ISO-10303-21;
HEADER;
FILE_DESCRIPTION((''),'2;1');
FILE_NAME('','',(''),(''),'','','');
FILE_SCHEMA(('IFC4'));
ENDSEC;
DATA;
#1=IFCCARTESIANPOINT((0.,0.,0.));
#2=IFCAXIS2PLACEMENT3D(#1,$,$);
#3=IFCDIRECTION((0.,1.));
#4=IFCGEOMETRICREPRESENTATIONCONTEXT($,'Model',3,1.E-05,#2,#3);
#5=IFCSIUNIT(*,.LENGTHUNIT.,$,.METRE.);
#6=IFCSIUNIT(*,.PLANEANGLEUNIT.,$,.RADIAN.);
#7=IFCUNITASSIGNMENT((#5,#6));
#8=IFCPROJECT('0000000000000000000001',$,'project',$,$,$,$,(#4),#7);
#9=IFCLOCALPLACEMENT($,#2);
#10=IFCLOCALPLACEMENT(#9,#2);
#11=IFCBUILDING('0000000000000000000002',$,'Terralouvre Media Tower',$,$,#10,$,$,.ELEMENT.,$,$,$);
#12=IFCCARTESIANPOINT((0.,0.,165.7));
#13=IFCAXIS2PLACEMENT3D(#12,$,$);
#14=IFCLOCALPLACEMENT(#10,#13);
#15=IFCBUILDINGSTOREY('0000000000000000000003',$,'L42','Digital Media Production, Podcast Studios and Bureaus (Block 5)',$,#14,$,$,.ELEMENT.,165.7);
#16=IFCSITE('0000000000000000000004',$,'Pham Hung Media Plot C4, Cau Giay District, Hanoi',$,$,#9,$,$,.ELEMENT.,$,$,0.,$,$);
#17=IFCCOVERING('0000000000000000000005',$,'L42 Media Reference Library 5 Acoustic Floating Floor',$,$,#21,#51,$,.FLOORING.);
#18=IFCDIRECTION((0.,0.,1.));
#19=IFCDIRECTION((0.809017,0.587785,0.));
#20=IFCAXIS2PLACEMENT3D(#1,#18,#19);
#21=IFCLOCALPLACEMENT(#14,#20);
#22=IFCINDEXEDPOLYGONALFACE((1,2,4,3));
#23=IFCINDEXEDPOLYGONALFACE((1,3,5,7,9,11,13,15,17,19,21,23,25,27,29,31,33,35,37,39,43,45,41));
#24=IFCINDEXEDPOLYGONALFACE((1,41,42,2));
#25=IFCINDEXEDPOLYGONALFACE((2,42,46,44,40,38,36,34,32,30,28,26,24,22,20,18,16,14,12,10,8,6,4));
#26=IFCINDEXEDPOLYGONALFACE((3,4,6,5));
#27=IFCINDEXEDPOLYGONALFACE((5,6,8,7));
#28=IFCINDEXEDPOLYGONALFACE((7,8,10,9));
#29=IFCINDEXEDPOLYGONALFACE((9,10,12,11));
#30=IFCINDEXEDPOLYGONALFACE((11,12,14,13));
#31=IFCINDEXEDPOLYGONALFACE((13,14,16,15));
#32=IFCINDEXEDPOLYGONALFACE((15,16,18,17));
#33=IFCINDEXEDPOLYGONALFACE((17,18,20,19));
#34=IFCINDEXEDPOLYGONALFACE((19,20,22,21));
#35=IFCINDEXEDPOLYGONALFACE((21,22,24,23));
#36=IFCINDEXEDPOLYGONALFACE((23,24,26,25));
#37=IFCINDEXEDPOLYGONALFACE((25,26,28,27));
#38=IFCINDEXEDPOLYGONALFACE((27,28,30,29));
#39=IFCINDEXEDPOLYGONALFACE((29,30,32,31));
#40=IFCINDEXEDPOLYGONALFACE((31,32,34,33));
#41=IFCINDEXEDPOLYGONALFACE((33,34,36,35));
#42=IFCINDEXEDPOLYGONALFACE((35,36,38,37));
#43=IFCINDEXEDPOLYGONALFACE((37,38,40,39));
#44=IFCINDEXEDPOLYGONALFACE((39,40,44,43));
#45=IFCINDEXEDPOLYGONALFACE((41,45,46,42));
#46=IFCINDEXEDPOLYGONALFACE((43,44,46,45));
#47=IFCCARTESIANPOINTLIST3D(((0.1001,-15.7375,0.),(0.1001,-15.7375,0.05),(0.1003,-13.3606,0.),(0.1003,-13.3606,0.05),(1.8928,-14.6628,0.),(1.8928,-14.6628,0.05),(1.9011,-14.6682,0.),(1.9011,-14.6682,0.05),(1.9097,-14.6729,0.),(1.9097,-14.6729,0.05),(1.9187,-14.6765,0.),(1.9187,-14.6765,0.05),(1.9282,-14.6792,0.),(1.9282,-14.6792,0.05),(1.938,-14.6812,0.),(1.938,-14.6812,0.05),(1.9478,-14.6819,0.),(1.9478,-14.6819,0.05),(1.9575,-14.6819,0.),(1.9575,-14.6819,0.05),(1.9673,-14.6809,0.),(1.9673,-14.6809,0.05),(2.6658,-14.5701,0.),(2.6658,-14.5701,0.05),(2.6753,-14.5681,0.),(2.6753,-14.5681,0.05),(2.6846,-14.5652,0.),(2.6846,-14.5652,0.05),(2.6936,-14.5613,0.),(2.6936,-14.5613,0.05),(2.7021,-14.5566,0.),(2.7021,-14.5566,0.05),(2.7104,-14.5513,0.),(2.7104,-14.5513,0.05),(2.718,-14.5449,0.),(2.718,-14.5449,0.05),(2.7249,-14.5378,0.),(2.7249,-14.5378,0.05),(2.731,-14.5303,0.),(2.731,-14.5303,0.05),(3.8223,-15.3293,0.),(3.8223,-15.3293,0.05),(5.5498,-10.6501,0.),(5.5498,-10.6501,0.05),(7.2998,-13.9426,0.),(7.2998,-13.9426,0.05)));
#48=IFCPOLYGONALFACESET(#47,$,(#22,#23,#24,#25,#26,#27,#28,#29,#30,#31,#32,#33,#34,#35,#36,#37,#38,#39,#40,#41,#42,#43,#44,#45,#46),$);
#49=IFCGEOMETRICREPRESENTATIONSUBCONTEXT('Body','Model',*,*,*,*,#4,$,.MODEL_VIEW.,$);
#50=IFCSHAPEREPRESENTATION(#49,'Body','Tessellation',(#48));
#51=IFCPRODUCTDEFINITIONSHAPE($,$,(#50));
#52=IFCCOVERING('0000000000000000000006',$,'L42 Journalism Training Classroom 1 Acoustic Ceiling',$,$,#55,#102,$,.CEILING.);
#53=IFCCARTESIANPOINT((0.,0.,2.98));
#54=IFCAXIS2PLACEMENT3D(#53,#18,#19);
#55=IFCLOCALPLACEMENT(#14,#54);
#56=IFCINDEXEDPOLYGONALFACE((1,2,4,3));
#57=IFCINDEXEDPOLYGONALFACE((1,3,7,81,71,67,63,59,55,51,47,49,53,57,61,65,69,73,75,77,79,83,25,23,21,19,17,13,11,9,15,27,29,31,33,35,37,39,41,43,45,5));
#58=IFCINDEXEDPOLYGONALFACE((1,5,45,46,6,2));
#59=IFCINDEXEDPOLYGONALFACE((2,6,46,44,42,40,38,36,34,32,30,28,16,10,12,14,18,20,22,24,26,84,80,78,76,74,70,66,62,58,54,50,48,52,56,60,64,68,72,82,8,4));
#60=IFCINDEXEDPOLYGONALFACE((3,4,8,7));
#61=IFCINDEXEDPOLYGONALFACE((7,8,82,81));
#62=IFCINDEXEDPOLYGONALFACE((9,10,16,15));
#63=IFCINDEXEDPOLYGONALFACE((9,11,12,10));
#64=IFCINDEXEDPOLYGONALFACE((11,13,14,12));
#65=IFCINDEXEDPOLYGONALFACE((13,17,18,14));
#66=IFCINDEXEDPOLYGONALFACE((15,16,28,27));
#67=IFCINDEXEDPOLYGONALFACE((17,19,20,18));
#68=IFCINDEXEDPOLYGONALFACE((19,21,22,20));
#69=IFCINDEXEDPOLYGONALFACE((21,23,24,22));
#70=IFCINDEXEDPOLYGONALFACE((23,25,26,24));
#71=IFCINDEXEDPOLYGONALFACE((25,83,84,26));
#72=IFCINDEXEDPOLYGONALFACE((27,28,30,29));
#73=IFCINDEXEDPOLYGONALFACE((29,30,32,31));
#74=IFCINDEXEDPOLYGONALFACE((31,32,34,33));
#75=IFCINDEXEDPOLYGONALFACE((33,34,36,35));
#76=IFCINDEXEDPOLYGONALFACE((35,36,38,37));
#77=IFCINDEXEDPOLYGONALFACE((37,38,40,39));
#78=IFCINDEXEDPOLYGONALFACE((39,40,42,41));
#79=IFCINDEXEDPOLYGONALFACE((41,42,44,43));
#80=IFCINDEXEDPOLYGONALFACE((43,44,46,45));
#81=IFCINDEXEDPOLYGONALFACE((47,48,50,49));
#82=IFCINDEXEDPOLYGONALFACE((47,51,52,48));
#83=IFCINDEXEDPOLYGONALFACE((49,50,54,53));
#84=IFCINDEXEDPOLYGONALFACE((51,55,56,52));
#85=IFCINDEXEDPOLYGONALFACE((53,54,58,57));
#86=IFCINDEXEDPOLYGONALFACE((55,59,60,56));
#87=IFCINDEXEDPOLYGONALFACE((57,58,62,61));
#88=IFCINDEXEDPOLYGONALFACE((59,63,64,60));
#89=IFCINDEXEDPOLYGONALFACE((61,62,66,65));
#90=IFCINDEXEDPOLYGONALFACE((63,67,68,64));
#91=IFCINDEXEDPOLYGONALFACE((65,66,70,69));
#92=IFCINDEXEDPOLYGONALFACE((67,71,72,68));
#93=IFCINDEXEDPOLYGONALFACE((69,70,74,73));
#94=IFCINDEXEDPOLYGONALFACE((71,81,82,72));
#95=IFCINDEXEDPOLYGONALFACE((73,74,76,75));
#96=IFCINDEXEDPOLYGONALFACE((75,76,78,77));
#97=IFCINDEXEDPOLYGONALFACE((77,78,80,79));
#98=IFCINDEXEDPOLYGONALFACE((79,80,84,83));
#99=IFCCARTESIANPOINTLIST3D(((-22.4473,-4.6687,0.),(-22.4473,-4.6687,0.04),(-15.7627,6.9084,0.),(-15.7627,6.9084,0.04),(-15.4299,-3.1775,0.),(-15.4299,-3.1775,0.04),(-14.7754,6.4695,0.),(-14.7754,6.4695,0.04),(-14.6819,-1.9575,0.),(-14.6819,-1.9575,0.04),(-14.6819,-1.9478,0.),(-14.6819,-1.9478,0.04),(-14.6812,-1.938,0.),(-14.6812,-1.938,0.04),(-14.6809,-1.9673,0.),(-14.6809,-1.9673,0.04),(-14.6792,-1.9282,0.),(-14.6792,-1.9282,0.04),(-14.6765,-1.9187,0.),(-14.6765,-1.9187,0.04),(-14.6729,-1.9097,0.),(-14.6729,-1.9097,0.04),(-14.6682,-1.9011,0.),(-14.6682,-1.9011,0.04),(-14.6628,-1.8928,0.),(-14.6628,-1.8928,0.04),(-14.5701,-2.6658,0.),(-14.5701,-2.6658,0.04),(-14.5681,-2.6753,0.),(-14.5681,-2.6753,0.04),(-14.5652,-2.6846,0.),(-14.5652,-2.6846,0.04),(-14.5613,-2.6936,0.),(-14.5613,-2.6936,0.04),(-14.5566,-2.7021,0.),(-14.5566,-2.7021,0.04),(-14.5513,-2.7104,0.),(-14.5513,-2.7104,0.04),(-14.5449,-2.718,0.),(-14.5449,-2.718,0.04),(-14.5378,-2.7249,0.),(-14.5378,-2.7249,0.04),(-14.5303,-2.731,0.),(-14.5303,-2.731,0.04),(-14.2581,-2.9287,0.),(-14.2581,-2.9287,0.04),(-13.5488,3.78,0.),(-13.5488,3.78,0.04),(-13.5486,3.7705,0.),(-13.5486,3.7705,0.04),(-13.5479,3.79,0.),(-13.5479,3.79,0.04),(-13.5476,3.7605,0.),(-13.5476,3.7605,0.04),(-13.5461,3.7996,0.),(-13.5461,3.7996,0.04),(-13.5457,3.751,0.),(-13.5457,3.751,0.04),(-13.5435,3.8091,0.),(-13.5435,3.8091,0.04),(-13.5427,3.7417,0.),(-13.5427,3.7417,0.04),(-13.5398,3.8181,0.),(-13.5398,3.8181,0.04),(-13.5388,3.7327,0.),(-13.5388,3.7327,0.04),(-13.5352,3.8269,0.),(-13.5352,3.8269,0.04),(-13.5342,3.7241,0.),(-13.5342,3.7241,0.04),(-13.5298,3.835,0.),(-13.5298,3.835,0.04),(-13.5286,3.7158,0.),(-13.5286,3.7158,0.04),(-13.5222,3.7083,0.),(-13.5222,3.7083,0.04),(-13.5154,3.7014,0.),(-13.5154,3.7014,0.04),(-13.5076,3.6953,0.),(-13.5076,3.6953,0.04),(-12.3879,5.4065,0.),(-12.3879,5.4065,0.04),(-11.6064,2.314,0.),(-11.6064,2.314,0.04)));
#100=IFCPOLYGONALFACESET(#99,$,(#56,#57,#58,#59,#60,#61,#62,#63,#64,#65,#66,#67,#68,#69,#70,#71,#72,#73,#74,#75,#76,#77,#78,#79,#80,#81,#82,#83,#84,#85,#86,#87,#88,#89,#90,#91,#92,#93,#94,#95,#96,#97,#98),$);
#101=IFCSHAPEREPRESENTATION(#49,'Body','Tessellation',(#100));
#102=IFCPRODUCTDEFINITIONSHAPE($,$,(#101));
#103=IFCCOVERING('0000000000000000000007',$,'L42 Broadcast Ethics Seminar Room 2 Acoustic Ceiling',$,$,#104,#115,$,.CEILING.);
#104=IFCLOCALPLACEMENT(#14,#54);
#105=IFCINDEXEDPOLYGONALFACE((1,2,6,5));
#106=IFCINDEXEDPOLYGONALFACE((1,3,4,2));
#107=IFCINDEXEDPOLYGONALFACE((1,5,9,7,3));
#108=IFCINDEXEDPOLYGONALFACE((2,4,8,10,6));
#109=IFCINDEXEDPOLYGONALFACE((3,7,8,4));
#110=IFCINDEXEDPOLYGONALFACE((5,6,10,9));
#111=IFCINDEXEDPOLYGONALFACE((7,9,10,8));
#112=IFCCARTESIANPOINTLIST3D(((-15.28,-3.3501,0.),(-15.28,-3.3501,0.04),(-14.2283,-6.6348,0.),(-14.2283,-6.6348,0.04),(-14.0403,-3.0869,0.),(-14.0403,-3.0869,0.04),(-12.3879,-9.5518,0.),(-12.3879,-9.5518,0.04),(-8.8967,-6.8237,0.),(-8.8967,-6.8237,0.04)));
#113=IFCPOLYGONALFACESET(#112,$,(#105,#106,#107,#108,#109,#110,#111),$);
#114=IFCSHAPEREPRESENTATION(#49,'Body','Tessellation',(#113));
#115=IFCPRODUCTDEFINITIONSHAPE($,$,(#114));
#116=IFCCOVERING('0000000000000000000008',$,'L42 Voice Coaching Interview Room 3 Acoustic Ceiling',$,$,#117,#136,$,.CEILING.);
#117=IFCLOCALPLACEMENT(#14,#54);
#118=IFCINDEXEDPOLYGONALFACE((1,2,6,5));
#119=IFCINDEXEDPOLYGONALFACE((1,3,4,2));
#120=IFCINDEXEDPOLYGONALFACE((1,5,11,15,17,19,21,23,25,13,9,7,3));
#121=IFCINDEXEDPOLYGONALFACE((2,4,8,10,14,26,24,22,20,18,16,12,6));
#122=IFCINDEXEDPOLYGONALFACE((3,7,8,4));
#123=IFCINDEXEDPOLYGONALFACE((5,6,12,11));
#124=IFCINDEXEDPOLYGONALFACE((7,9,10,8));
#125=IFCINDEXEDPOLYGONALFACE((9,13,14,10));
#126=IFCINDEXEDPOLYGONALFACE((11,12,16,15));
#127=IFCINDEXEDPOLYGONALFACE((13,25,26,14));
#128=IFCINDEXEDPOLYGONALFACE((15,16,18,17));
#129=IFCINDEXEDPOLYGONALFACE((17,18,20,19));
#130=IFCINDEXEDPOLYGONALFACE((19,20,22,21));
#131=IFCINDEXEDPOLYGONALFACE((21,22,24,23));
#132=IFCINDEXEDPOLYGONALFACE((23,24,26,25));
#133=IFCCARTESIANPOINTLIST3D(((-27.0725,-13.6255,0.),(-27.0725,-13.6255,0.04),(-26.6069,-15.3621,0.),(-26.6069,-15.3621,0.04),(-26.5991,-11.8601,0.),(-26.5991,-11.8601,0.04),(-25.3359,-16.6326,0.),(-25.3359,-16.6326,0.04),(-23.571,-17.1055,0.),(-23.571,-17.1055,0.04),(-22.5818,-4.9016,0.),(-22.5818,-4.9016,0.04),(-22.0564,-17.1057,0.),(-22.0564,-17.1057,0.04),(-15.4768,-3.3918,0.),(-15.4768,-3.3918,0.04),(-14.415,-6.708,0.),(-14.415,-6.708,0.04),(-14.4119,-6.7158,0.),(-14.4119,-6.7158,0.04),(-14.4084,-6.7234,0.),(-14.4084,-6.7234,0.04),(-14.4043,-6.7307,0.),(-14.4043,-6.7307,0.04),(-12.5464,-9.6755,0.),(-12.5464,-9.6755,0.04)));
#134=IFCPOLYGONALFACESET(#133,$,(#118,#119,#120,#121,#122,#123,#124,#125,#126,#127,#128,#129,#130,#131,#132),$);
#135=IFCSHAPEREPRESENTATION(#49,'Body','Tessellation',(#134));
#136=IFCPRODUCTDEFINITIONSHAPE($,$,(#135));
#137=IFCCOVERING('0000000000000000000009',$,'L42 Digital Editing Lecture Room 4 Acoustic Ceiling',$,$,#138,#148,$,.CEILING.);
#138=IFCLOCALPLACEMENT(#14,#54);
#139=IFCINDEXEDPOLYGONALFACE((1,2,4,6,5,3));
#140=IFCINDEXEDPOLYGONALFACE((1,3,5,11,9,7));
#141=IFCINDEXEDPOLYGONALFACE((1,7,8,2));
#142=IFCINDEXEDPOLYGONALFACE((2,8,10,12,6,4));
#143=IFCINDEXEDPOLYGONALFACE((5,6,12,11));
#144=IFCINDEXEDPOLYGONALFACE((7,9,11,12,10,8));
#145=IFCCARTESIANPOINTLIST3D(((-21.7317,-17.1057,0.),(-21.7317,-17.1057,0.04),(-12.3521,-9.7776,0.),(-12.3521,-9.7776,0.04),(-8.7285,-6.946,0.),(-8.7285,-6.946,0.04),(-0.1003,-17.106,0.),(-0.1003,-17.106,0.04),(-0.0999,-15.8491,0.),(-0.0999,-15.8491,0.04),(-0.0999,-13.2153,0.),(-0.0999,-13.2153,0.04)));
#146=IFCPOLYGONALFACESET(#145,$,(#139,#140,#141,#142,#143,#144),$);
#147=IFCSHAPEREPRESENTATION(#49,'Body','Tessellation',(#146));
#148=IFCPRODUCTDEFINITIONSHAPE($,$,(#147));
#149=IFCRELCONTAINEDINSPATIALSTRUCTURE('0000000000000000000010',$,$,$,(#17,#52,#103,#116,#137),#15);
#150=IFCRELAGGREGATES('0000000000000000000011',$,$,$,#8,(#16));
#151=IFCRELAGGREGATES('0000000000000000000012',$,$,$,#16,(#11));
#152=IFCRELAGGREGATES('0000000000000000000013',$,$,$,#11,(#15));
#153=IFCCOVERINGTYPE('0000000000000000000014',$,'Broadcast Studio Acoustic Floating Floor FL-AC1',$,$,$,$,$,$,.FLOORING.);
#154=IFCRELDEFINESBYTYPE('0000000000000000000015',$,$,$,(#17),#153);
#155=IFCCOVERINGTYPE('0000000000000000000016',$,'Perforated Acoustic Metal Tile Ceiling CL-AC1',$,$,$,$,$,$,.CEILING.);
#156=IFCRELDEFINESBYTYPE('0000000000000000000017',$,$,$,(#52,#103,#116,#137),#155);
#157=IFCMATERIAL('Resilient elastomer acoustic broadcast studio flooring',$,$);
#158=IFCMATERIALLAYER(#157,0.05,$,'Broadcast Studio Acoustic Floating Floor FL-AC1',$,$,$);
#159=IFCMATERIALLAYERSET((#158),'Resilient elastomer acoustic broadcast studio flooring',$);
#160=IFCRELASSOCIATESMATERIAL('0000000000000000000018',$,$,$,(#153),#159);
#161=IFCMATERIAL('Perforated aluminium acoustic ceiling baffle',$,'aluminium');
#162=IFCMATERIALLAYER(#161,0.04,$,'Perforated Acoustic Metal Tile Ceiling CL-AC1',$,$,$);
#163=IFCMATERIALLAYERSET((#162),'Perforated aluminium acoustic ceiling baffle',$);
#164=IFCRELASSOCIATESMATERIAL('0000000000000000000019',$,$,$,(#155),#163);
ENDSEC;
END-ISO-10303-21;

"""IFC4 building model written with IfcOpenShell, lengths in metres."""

from ifc_helpers import new_model, si_unit, direction, frame, origin, place, context, subcontext, project, spatial, polyline, outline, extrude, material, layer, layer_set, type_object, element, save


model = new_model("IFC4")

# Units and contexts
model_context = context("Model", 3, precision=1e-05, world=origin(), true_north=direction((0.0, 1.0)))
body_context = subcontext(model_context, "Body", "Model", "MODEL_VIEW")
ifc_project = project(units=[si_unit("LENGTHUNIT", "METRE"), si_unit("PLANEANGLEUNIT", "RADIAN")], contexts=[model_context])

# Site, building, storey
site_placement = place(None, origin())
site = spatial("IfcSite", under=ifc_project, at=site_placement, Name="Pham Hung Media Plot C4, Cau Giay District, Hanoi", CompositionType="ELEMENT", RefElevation=0.0)
building_placement = place(site_placement, origin())
building = spatial("IfcBuilding", under=site, at=building_placement, Name="Terralouvre Media Tower", CompositionType="ELEMENT")
storey_placement = place(building_placement, frame((0.0, 0.0, 165.7)))
storey = spatial("IfcBuildingStorey", under=building, at=storey_placement, Name="L42", Description="Digital Media Production, Podcast Studios and Bureaus (Block 5)", CompositionType="ELEMENT", Elevation=165.7)

# Coverings
ifc_material_1 = material(Name="Resilient elastomer acoustic broadcast studio flooring")
ifc_layer_1 = layer(ifc_material_1, 0.05, Name="Broadcast Studio Acoustic Floating Floor FL-AC1")
ifc_layer_set_1 = layer_set([ifc_layer_1], Name="Resilient elastomer acoustic broadcast studio flooring")
covering_type_1 = type_object("IfcCoveringType", Name="Broadcast Studio Acoustic Floating Floor FL-AC1", PredefinedType="FLOORING", material=ifc_layer_set_1)
covering_1_placement = place(storey_placement, frame((0.0, 0.0, 0.0), z_axis=(0.0, 0.0, 1.0), x_axis=(0.809017, 0.587785, 0.0)))
element("IfcCovering", 1, at=covering_1_placement, inside=storey, type_object=covering_type_1, Name="L42 Media Reference Library 5 Acoustic Floating Floor", PredefinedType="FLOORING", context=body_context, shape_type="SweptSolid", body=[
    extrude(outline(polyline([(3.8223, -15.3293), (7.2998, -13.9426), (5.5498, -10.6501), (2.731, -14.5303), (2.7249, -14.5378), (2.718, -14.5449), (2.7104, -14.5513), (2.7021, -14.5566), (2.6936, -14.5613), (2.6846, -14.5652), (2.6753, -14.5681), (2.6658, -14.5701), (1.9673, -14.6809), (1.9575, -14.6819), (1.9478, -14.6819), (1.938, -14.6812), (1.9282, -14.6792), (1.9187, -14.6765), (1.9097, -14.6729), (1.9011, -14.6682), (1.8928, -14.6628), (0.1003, -13.3606), (0.1001, -15.7375), (3.8223, -15.3293)])), origin(), (0.0, 0.0, 1.0), 0.05),
])
ifc_material_2 = material(Name="Perforated aluminium acoustic ceiling baffle", Category="aluminium")
ifc_layer_2 = layer(ifc_material_2, 0.04, Name="Perforated Acoustic Metal Tile Ceiling CL-AC1")
ifc_layer_set_2 = layer_set([ifc_layer_2], Name="Perforated aluminium acoustic ceiling baffle")
covering_type_2 = type_object("IfcCoveringType", Name="Perforated Acoustic Metal Tile Ceiling CL-AC1", PredefinedType="CEILING", material=ifc_layer_set_2)
covering_2_placement = place(storey_placement, frame((0.0, 0.0, 2.98), z_axis=(0.0, 0.0, 1.0), x_axis=(0.809017, 0.587785, 0.0)))
element("IfcCovering", 2, at=covering_2_placement, inside=storey, type_object=covering_type_2, Name="L42 Journalism Training Classroom 1 Acoustic Ceiling", PredefinedType="CEILING", context=body_context, shape_type="SweptSolid", body=[
    extrude(outline(polyline([(-14.2581, -2.9287), (-14.5303, -2.731), (-14.5378, -2.7249), (-14.5449, -2.718), (-14.5513, -2.7104), (-14.5566, -2.7021), (-14.5613, -2.6936), (-14.5652, -2.6846), (-14.5681, -2.6753), (-14.5701, -2.6658), (-14.6809, -1.9673), (-14.6819, -1.9575), (-14.6819, -1.9478), (-14.6812, -1.938), (-14.6792, -1.9282), (-14.6765, -1.9187), (-14.6729, -1.9097), (-14.6682, -1.9011), (-14.6628, -1.8928), (-11.6064, 2.314), (-13.5076, 3.6953), (-13.5154, 3.7014), (-13.5222, 3.7083), (-13.5286, 3.7158), (-13.5342, 3.7241), (-13.5388, 3.7327), (-13.5427, 3.7417), (-13.5457, 3.751), (-13.5476, 3.7605), (-13.5486, 3.7705), (-13.5488, 3.78), (-13.5479, 3.79), (-13.5461, 3.7996), (-13.5435, 3.8091), (-13.5398, 3.8181), (-13.5352, 3.8269), (-13.5298, 3.835), (-12.3879, 5.4065), (-14.7754, 6.4695), (-15.7627, 6.9084), (-22.4473, -4.6687), (-15.4299, -3.1775), (-14.2581, -2.9287)])), origin(), (0.0, 0.0, 1.0), 0.04),
])
covering_3_placement = place(storey_placement, frame((0.0, 0.0, 2.98), z_axis=(0.0, 0.0, 1.0), x_axis=(0.809017, 0.587785, 0.0)))
element("IfcCovering", 3, at=covering_3_placement, inside=storey, type_object=covering_type_2, Name="L42 Broadcast Ethics Seminar Room 2 Acoustic Ceiling", PredefinedType="CEILING", context=body_context, shape_type="SweptSolid", body=[
    extrude(outline(polyline([(-14.2283, -6.6348), (-12.3879, -9.5518), (-8.8967, -6.8237), (-14.0403, -3.0869), (-15.28, -3.3501), (-14.2283, -6.6348)])), origin(), (0.0, 0.0, 1.0), 0.04),
])
covering_4_placement = place(storey_placement, frame((0.0, 0.0, 2.98), z_axis=(0.0, 0.0, 1.0), x_axis=(0.809017, 0.587785, 0.0)))
element("IfcCovering", 4, at=covering_4_placement, inside=storey, type_object=covering_type_2, Name="L42 Voice Coaching Interview Room 3 Acoustic Ceiling", PredefinedType="CEILING", context=body_context, shape_type="SweptSolid", body=[
    extrude(outline(polyline([(-14.4043, -6.7307), (-14.4084, -6.7234), (-14.4119, -6.7158), (-14.415, -6.708), (-15.4768, -3.3918), (-22.5818, -4.9016), (-26.5991, -11.8601), (-27.0725, -13.6255), (-26.6069, -15.3621), (-25.3359, -16.6326), (-23.571, -17.1055), (-22.0564, -17.1057), (-12.5464, -9.6755), (-14.4043, -6.7307)])), origin(), (0.0, 0.0, 1.0), 0.04),
])
covering_5_placement = place(storey_placement, frame((0.0, 0.0, 2.98), z_axis=(0.0, 0.0, 1.0), x_axis=(0.809017, 0.587785, 0.0)))
element("IfcCovering", 5, at=covering_5_placement, inside=storey, type_object=covering_type_2, Name="L42 Digital Editing Lecture Room 4 Acoustic Ceiling", PredefinedType="CEILING", context=body_context, shape_type="SweptSolid", body=[
    extrude(outline(polyline([(-0.0999, -13.2153), (-8.7285, -6.946), (-12.3521, -9.7776), (-21.7317, -17.1057), (-0.1003, -17.106), (-0.0999, -15.8491), (-0.0999, -13.2153)])), origin(), (0.0, 0.0, 1.0), 0.04),
])

save(model, "model.ifc")
